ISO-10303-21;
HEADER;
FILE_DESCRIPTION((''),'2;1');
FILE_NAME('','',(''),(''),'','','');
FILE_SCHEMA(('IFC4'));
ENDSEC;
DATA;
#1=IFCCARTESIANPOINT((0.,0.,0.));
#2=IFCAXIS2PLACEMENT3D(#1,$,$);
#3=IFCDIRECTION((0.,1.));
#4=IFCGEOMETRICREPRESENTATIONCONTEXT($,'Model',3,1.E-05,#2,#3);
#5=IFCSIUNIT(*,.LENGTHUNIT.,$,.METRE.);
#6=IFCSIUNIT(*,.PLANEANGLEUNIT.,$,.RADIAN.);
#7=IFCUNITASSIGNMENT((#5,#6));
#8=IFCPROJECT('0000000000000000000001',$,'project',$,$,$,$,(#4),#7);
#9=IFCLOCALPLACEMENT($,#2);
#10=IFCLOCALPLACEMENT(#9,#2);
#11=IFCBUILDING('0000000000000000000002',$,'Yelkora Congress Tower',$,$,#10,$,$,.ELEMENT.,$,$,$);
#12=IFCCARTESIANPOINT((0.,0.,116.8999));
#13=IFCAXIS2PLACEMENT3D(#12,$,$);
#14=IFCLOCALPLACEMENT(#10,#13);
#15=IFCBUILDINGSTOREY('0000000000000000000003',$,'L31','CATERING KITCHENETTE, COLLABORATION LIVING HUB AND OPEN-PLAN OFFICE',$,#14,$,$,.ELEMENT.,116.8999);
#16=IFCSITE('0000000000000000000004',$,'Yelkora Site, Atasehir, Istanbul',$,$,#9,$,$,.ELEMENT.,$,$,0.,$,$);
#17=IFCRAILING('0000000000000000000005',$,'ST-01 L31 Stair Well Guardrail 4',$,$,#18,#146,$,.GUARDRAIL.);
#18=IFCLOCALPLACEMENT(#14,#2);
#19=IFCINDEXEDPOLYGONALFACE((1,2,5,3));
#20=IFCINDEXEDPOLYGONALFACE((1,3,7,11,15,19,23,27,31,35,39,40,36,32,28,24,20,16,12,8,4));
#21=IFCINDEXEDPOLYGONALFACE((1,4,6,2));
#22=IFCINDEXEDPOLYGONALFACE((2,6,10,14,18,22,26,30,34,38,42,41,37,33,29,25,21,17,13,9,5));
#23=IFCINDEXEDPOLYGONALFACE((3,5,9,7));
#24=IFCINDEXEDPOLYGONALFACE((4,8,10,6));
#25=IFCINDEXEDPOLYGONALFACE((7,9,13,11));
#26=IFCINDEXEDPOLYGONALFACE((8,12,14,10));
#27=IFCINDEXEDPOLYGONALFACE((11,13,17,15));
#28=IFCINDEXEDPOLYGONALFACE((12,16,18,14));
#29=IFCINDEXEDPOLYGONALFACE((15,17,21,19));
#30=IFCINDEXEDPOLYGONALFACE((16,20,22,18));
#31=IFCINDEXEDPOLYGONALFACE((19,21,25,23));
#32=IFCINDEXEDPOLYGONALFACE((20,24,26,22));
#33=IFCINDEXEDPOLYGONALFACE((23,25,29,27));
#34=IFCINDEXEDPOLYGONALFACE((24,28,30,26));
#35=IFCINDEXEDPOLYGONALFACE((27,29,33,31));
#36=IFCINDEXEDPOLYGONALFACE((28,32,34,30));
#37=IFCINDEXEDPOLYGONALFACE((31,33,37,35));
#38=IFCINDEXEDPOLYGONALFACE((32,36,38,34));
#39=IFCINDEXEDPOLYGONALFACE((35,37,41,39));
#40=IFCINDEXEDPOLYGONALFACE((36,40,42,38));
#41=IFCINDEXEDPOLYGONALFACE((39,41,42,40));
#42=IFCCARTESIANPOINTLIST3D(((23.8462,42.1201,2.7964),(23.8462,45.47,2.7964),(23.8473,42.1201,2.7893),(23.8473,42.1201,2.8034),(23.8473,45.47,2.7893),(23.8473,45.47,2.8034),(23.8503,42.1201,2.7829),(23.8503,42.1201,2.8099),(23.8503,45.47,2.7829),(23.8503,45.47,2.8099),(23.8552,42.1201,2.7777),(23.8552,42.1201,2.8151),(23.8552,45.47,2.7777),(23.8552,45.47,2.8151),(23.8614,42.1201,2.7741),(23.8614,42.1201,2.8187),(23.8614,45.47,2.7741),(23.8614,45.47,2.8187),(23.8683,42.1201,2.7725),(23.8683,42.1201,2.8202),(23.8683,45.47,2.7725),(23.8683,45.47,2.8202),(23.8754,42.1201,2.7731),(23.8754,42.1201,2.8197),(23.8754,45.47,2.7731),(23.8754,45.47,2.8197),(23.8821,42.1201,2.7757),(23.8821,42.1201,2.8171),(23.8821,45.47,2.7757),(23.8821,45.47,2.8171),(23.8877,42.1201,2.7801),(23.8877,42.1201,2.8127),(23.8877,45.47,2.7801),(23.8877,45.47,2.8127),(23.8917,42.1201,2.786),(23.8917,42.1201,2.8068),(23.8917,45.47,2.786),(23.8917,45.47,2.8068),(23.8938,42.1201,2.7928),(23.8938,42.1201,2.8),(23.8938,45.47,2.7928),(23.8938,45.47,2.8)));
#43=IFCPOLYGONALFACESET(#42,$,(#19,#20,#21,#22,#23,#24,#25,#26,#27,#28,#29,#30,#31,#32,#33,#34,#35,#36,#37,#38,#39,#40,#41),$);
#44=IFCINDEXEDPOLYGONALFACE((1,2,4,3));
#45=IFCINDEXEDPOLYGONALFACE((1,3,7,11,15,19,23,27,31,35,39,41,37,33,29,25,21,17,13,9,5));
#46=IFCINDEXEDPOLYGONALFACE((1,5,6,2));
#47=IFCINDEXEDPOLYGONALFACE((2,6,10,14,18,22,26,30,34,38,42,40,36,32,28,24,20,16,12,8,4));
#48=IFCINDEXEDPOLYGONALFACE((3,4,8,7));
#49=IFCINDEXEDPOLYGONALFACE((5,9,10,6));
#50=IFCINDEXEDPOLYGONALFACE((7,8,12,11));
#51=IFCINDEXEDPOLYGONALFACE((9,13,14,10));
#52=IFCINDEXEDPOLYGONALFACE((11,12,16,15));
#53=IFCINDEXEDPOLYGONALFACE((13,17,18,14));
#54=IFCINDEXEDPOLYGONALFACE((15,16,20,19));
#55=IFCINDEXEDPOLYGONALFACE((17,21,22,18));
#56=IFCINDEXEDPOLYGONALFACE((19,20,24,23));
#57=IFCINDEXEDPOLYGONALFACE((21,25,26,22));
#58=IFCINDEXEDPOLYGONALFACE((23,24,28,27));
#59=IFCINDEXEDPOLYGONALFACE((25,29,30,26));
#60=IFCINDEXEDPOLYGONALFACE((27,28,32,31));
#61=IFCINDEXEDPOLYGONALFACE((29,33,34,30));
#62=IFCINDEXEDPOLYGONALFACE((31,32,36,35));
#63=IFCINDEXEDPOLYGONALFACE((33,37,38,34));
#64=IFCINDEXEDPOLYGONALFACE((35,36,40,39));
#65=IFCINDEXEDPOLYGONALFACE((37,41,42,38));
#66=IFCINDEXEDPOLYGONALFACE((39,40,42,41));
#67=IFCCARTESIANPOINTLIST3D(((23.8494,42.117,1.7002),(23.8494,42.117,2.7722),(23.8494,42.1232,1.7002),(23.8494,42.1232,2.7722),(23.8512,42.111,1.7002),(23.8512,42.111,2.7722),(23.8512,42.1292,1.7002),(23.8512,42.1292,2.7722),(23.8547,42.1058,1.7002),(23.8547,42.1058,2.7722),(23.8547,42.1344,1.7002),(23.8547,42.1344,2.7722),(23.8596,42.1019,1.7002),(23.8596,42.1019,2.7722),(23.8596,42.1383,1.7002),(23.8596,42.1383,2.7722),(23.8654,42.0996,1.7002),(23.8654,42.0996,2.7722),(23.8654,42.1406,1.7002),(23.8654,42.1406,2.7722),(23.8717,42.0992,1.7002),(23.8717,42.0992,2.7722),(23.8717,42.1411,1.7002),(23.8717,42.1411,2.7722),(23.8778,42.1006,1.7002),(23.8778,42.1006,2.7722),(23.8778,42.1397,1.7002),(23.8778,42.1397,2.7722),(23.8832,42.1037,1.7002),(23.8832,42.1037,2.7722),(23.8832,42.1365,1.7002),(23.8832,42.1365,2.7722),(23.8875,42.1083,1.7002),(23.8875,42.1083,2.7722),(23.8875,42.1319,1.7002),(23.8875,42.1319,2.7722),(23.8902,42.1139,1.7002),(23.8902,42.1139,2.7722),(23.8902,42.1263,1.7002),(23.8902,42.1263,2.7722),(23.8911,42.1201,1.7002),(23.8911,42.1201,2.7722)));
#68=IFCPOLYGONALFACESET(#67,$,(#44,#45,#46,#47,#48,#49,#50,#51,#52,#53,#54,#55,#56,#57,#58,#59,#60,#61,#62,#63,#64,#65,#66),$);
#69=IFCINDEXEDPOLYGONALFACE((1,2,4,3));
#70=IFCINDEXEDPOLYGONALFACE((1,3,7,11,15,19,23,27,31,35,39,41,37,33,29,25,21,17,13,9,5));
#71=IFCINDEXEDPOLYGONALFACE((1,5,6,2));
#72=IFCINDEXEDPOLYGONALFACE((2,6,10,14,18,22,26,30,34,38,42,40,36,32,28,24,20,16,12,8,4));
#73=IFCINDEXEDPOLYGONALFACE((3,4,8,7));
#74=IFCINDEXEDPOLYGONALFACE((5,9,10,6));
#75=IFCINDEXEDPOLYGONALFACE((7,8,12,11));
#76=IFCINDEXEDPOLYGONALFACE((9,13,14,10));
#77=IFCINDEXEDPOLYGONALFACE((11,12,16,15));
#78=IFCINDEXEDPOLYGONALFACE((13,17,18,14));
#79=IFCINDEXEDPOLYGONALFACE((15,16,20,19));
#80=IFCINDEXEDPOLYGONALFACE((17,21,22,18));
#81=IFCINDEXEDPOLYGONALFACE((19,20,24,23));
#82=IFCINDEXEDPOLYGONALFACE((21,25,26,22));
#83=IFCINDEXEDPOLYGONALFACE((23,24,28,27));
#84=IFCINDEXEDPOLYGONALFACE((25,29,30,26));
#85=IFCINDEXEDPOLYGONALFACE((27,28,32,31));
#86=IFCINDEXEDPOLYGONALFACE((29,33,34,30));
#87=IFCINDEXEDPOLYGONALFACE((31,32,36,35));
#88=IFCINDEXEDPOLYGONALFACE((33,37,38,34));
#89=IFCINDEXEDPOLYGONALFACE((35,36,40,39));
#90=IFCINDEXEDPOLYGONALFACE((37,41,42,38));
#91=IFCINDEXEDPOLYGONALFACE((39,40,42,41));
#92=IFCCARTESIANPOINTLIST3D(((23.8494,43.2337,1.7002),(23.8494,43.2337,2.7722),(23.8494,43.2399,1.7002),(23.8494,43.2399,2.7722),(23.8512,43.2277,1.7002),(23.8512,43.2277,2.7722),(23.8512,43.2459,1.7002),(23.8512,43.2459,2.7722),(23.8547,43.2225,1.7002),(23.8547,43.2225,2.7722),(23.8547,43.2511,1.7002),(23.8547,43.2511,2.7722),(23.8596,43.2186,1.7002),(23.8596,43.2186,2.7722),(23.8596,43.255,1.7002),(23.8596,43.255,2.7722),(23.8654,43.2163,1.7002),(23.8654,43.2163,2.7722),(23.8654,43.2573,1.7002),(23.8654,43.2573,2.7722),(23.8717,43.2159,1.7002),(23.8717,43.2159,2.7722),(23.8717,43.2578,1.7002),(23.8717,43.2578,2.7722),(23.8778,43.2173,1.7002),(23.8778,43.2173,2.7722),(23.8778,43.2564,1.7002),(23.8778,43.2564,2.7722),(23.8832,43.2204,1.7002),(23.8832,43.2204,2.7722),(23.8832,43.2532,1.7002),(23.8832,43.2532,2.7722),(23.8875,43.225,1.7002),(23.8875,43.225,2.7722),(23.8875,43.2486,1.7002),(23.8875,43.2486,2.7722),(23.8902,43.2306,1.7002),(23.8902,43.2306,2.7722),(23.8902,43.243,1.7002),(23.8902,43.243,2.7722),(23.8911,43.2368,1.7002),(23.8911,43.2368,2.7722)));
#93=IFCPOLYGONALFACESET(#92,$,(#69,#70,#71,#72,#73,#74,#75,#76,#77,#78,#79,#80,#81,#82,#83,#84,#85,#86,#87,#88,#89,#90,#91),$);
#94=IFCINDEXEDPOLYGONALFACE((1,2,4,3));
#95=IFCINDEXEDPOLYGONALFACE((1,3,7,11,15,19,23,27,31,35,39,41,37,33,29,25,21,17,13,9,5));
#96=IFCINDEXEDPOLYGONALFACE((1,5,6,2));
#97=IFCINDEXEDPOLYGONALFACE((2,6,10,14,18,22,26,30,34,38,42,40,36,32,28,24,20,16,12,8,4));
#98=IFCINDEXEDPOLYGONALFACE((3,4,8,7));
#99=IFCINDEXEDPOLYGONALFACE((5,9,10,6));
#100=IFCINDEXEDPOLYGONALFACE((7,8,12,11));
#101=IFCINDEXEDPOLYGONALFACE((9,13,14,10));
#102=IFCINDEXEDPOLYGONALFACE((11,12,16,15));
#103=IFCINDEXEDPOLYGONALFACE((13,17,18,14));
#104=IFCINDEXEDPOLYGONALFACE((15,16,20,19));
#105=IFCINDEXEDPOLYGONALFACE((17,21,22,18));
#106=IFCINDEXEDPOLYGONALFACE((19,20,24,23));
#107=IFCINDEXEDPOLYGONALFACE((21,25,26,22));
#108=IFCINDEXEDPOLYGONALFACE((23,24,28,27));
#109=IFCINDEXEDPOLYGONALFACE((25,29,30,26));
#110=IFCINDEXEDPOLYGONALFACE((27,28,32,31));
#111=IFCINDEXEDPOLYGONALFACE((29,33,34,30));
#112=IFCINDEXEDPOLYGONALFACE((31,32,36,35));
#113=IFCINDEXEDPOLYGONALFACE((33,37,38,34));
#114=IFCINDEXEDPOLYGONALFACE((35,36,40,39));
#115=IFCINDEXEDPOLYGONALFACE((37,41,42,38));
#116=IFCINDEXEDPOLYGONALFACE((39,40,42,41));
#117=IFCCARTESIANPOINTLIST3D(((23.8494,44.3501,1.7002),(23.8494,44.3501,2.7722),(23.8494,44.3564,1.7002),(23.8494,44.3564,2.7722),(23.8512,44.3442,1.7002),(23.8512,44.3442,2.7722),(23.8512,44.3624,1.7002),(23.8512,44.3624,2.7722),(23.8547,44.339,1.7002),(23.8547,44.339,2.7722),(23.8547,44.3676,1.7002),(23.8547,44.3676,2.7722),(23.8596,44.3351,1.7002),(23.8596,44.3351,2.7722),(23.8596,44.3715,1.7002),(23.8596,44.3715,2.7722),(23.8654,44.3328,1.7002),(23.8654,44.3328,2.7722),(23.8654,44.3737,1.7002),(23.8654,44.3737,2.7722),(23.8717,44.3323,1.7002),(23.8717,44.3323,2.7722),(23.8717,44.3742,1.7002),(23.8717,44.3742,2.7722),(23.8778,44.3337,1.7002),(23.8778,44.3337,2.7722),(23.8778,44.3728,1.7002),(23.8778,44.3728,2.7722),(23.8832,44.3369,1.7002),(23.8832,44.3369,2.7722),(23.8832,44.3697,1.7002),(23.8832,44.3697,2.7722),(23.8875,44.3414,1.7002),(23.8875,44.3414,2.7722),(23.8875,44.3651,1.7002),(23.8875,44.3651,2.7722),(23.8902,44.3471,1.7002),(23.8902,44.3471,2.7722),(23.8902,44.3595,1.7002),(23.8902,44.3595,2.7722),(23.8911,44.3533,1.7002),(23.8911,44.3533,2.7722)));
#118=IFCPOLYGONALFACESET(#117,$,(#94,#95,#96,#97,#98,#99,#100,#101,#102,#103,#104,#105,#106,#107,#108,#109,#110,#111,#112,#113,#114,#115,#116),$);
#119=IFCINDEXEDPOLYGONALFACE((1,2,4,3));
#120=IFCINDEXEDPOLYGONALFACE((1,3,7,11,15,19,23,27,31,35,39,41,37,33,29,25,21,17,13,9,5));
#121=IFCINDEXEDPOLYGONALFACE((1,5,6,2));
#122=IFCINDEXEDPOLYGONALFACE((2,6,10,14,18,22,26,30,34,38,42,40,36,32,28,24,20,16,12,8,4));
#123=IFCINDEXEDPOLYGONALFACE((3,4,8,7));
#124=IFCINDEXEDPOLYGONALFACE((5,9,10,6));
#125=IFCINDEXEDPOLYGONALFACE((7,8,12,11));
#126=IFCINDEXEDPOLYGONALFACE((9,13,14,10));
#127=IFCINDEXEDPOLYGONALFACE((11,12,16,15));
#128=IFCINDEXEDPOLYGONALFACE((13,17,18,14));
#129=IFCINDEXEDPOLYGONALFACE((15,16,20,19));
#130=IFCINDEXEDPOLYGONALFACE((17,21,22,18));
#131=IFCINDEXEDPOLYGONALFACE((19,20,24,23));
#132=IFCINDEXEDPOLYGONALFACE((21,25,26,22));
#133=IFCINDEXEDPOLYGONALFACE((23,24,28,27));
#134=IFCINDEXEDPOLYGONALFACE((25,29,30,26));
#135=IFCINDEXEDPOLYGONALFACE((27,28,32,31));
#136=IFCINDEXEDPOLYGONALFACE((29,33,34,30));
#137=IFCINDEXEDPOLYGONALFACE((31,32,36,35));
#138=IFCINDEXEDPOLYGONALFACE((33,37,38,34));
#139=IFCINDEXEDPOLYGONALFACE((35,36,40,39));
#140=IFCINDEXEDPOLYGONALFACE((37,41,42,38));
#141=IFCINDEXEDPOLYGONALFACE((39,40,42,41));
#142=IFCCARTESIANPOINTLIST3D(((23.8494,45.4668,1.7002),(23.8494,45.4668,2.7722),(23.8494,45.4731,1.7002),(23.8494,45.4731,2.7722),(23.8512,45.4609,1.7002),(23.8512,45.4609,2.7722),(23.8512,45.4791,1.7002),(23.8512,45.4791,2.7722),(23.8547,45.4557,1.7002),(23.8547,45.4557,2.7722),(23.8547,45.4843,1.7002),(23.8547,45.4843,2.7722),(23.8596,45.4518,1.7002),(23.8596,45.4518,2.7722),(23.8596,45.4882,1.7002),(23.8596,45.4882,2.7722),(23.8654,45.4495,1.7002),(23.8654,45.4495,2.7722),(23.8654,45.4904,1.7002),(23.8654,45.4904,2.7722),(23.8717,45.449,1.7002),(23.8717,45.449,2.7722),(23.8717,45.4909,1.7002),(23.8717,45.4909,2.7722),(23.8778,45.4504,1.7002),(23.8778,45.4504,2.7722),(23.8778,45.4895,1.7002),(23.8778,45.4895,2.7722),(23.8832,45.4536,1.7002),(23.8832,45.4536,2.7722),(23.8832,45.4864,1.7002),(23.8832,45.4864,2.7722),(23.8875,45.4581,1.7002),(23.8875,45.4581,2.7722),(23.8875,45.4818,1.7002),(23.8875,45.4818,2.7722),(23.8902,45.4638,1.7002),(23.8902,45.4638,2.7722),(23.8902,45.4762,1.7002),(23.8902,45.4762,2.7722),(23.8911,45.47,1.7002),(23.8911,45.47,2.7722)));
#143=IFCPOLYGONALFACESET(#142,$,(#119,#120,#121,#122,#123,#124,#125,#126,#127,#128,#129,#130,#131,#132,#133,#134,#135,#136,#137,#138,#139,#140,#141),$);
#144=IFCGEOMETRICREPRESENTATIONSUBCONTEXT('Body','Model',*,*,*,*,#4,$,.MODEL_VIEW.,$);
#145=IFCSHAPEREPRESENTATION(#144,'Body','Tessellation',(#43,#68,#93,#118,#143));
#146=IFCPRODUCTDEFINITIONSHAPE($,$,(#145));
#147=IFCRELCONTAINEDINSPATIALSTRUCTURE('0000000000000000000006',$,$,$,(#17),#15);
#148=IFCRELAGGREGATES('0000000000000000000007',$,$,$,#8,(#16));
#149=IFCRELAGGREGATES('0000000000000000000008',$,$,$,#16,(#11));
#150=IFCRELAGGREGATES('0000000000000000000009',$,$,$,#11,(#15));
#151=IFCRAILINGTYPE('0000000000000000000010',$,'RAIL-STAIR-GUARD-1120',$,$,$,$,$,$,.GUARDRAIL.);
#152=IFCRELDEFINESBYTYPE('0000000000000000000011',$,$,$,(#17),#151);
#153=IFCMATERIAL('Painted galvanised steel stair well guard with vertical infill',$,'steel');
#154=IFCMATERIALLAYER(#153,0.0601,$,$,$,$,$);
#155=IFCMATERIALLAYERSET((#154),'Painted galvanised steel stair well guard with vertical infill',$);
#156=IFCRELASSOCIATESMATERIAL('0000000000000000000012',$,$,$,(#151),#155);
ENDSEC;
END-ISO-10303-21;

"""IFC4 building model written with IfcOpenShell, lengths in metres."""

from ifc_helpers import new_model, si_unit, direction, frame, origin, origin_2d, place, context, subcontext, project, spatial, circle, extrude, material, layer, layer_set, type_object, element, save


model = new_model("IFC4")

# Units and contexts
model_context = context("Model", 3, precision=1e-05, world=origin(), true_north=direction((0.0, 1.0)))
body_context = subcontext(model_context, "Body", "Model", "MODEL_VIEW")
ifc_project = project(units=[si_unit("LENGTHUNIT", "METRE"), si_unit("PLANEANGLEUNIT", "RADIAN")], contexts=[model_context])

# Site, building, storey
site_placement = place(None, origin())
site = spatial("IfcSite", under=ifc_project, at=site_placement, Name="Yelkora Site, Atasehir, Istanbul", CompositionType="ELEMENT", RefElevation=0.0)
building_placement = place(site_placement, origin())
building = spatial("IfcBuilding", under=site, at=building_placement, Name="Yelkora Congress Tower", CompositionType="ELEMENT")
storey_placement = place(building_placement, frame((0.0, 0.0, 116.8999)))
storey = spatial("IfcBuildingStorey", under=building, at=storey_placement, Name="L31", Description="CATERING KITCHENETTE, COLLABORATION LIVING HUB AND OPEN-PLAN OFFICE", CompositionType="ELEMENT", Elevation=116.8999)

# Railing
ifc_material_1 = material(Name="Painted galvanised steel stair well guard with vertical infill", Category="steel")
ifc_layer_1 = layer(ifc_material_1, 0.0601)
ifc_layer_set_1 = layer_set([ifc_layer_1], Name="Painted galvanised steel stair well guard with vertical infill")
railing_type_1 = type_object("IfcRailingType", Name="RAIL-STAIR-GUARD-1120", PredefinedType="GUARDRAIL", material=ifc_layer_set_1)
railing_1_placement = place(storey_placement, frame((23.8701, 42.1201, 1.7002)))
element("IfcRailing", 1, at=railing_1_placement, inside=storey, type_object=railing_type_1, Name="ST-01 L31 Stair Well Guardrail 4", PredefinedType="GUARDRAIL", context=body_context, shape_type="SweptSolid", body=[
    extrude(circle(Radius=0.0239, at=origin_2d()), frame((0.0, 0.0, 1.0962), z_axis=(0.0, 1.0, 0.0), x_axis=(-1.0, 0.0, 0.0)), (0.0, 0.0, 1.0), 3.3499),
    extrude(circle(Radius=0.021, at=origin_2d()), origin(), (0.0, 0.0, 1.0), 1.072),
    extrude(circle(Radius=0.021, at=origin_2d()), frame((0.0, 1.1167, 0.0)), (0.0, 0.0, 1.0), 1.072),
    extrude(circle(Radius=0.021, at=origin_2d()), frame((0.0, 2.2332, 0.0)), (0.0, 0.0, 1.0), 1.072),
    extrude(circle(Radius=0.021, at=origin_2d()), frame((0.0, 3.3499, 0.0)), (0.0, 0.0, 1.0), 1.072),
])

save(model, "model.ifc")
